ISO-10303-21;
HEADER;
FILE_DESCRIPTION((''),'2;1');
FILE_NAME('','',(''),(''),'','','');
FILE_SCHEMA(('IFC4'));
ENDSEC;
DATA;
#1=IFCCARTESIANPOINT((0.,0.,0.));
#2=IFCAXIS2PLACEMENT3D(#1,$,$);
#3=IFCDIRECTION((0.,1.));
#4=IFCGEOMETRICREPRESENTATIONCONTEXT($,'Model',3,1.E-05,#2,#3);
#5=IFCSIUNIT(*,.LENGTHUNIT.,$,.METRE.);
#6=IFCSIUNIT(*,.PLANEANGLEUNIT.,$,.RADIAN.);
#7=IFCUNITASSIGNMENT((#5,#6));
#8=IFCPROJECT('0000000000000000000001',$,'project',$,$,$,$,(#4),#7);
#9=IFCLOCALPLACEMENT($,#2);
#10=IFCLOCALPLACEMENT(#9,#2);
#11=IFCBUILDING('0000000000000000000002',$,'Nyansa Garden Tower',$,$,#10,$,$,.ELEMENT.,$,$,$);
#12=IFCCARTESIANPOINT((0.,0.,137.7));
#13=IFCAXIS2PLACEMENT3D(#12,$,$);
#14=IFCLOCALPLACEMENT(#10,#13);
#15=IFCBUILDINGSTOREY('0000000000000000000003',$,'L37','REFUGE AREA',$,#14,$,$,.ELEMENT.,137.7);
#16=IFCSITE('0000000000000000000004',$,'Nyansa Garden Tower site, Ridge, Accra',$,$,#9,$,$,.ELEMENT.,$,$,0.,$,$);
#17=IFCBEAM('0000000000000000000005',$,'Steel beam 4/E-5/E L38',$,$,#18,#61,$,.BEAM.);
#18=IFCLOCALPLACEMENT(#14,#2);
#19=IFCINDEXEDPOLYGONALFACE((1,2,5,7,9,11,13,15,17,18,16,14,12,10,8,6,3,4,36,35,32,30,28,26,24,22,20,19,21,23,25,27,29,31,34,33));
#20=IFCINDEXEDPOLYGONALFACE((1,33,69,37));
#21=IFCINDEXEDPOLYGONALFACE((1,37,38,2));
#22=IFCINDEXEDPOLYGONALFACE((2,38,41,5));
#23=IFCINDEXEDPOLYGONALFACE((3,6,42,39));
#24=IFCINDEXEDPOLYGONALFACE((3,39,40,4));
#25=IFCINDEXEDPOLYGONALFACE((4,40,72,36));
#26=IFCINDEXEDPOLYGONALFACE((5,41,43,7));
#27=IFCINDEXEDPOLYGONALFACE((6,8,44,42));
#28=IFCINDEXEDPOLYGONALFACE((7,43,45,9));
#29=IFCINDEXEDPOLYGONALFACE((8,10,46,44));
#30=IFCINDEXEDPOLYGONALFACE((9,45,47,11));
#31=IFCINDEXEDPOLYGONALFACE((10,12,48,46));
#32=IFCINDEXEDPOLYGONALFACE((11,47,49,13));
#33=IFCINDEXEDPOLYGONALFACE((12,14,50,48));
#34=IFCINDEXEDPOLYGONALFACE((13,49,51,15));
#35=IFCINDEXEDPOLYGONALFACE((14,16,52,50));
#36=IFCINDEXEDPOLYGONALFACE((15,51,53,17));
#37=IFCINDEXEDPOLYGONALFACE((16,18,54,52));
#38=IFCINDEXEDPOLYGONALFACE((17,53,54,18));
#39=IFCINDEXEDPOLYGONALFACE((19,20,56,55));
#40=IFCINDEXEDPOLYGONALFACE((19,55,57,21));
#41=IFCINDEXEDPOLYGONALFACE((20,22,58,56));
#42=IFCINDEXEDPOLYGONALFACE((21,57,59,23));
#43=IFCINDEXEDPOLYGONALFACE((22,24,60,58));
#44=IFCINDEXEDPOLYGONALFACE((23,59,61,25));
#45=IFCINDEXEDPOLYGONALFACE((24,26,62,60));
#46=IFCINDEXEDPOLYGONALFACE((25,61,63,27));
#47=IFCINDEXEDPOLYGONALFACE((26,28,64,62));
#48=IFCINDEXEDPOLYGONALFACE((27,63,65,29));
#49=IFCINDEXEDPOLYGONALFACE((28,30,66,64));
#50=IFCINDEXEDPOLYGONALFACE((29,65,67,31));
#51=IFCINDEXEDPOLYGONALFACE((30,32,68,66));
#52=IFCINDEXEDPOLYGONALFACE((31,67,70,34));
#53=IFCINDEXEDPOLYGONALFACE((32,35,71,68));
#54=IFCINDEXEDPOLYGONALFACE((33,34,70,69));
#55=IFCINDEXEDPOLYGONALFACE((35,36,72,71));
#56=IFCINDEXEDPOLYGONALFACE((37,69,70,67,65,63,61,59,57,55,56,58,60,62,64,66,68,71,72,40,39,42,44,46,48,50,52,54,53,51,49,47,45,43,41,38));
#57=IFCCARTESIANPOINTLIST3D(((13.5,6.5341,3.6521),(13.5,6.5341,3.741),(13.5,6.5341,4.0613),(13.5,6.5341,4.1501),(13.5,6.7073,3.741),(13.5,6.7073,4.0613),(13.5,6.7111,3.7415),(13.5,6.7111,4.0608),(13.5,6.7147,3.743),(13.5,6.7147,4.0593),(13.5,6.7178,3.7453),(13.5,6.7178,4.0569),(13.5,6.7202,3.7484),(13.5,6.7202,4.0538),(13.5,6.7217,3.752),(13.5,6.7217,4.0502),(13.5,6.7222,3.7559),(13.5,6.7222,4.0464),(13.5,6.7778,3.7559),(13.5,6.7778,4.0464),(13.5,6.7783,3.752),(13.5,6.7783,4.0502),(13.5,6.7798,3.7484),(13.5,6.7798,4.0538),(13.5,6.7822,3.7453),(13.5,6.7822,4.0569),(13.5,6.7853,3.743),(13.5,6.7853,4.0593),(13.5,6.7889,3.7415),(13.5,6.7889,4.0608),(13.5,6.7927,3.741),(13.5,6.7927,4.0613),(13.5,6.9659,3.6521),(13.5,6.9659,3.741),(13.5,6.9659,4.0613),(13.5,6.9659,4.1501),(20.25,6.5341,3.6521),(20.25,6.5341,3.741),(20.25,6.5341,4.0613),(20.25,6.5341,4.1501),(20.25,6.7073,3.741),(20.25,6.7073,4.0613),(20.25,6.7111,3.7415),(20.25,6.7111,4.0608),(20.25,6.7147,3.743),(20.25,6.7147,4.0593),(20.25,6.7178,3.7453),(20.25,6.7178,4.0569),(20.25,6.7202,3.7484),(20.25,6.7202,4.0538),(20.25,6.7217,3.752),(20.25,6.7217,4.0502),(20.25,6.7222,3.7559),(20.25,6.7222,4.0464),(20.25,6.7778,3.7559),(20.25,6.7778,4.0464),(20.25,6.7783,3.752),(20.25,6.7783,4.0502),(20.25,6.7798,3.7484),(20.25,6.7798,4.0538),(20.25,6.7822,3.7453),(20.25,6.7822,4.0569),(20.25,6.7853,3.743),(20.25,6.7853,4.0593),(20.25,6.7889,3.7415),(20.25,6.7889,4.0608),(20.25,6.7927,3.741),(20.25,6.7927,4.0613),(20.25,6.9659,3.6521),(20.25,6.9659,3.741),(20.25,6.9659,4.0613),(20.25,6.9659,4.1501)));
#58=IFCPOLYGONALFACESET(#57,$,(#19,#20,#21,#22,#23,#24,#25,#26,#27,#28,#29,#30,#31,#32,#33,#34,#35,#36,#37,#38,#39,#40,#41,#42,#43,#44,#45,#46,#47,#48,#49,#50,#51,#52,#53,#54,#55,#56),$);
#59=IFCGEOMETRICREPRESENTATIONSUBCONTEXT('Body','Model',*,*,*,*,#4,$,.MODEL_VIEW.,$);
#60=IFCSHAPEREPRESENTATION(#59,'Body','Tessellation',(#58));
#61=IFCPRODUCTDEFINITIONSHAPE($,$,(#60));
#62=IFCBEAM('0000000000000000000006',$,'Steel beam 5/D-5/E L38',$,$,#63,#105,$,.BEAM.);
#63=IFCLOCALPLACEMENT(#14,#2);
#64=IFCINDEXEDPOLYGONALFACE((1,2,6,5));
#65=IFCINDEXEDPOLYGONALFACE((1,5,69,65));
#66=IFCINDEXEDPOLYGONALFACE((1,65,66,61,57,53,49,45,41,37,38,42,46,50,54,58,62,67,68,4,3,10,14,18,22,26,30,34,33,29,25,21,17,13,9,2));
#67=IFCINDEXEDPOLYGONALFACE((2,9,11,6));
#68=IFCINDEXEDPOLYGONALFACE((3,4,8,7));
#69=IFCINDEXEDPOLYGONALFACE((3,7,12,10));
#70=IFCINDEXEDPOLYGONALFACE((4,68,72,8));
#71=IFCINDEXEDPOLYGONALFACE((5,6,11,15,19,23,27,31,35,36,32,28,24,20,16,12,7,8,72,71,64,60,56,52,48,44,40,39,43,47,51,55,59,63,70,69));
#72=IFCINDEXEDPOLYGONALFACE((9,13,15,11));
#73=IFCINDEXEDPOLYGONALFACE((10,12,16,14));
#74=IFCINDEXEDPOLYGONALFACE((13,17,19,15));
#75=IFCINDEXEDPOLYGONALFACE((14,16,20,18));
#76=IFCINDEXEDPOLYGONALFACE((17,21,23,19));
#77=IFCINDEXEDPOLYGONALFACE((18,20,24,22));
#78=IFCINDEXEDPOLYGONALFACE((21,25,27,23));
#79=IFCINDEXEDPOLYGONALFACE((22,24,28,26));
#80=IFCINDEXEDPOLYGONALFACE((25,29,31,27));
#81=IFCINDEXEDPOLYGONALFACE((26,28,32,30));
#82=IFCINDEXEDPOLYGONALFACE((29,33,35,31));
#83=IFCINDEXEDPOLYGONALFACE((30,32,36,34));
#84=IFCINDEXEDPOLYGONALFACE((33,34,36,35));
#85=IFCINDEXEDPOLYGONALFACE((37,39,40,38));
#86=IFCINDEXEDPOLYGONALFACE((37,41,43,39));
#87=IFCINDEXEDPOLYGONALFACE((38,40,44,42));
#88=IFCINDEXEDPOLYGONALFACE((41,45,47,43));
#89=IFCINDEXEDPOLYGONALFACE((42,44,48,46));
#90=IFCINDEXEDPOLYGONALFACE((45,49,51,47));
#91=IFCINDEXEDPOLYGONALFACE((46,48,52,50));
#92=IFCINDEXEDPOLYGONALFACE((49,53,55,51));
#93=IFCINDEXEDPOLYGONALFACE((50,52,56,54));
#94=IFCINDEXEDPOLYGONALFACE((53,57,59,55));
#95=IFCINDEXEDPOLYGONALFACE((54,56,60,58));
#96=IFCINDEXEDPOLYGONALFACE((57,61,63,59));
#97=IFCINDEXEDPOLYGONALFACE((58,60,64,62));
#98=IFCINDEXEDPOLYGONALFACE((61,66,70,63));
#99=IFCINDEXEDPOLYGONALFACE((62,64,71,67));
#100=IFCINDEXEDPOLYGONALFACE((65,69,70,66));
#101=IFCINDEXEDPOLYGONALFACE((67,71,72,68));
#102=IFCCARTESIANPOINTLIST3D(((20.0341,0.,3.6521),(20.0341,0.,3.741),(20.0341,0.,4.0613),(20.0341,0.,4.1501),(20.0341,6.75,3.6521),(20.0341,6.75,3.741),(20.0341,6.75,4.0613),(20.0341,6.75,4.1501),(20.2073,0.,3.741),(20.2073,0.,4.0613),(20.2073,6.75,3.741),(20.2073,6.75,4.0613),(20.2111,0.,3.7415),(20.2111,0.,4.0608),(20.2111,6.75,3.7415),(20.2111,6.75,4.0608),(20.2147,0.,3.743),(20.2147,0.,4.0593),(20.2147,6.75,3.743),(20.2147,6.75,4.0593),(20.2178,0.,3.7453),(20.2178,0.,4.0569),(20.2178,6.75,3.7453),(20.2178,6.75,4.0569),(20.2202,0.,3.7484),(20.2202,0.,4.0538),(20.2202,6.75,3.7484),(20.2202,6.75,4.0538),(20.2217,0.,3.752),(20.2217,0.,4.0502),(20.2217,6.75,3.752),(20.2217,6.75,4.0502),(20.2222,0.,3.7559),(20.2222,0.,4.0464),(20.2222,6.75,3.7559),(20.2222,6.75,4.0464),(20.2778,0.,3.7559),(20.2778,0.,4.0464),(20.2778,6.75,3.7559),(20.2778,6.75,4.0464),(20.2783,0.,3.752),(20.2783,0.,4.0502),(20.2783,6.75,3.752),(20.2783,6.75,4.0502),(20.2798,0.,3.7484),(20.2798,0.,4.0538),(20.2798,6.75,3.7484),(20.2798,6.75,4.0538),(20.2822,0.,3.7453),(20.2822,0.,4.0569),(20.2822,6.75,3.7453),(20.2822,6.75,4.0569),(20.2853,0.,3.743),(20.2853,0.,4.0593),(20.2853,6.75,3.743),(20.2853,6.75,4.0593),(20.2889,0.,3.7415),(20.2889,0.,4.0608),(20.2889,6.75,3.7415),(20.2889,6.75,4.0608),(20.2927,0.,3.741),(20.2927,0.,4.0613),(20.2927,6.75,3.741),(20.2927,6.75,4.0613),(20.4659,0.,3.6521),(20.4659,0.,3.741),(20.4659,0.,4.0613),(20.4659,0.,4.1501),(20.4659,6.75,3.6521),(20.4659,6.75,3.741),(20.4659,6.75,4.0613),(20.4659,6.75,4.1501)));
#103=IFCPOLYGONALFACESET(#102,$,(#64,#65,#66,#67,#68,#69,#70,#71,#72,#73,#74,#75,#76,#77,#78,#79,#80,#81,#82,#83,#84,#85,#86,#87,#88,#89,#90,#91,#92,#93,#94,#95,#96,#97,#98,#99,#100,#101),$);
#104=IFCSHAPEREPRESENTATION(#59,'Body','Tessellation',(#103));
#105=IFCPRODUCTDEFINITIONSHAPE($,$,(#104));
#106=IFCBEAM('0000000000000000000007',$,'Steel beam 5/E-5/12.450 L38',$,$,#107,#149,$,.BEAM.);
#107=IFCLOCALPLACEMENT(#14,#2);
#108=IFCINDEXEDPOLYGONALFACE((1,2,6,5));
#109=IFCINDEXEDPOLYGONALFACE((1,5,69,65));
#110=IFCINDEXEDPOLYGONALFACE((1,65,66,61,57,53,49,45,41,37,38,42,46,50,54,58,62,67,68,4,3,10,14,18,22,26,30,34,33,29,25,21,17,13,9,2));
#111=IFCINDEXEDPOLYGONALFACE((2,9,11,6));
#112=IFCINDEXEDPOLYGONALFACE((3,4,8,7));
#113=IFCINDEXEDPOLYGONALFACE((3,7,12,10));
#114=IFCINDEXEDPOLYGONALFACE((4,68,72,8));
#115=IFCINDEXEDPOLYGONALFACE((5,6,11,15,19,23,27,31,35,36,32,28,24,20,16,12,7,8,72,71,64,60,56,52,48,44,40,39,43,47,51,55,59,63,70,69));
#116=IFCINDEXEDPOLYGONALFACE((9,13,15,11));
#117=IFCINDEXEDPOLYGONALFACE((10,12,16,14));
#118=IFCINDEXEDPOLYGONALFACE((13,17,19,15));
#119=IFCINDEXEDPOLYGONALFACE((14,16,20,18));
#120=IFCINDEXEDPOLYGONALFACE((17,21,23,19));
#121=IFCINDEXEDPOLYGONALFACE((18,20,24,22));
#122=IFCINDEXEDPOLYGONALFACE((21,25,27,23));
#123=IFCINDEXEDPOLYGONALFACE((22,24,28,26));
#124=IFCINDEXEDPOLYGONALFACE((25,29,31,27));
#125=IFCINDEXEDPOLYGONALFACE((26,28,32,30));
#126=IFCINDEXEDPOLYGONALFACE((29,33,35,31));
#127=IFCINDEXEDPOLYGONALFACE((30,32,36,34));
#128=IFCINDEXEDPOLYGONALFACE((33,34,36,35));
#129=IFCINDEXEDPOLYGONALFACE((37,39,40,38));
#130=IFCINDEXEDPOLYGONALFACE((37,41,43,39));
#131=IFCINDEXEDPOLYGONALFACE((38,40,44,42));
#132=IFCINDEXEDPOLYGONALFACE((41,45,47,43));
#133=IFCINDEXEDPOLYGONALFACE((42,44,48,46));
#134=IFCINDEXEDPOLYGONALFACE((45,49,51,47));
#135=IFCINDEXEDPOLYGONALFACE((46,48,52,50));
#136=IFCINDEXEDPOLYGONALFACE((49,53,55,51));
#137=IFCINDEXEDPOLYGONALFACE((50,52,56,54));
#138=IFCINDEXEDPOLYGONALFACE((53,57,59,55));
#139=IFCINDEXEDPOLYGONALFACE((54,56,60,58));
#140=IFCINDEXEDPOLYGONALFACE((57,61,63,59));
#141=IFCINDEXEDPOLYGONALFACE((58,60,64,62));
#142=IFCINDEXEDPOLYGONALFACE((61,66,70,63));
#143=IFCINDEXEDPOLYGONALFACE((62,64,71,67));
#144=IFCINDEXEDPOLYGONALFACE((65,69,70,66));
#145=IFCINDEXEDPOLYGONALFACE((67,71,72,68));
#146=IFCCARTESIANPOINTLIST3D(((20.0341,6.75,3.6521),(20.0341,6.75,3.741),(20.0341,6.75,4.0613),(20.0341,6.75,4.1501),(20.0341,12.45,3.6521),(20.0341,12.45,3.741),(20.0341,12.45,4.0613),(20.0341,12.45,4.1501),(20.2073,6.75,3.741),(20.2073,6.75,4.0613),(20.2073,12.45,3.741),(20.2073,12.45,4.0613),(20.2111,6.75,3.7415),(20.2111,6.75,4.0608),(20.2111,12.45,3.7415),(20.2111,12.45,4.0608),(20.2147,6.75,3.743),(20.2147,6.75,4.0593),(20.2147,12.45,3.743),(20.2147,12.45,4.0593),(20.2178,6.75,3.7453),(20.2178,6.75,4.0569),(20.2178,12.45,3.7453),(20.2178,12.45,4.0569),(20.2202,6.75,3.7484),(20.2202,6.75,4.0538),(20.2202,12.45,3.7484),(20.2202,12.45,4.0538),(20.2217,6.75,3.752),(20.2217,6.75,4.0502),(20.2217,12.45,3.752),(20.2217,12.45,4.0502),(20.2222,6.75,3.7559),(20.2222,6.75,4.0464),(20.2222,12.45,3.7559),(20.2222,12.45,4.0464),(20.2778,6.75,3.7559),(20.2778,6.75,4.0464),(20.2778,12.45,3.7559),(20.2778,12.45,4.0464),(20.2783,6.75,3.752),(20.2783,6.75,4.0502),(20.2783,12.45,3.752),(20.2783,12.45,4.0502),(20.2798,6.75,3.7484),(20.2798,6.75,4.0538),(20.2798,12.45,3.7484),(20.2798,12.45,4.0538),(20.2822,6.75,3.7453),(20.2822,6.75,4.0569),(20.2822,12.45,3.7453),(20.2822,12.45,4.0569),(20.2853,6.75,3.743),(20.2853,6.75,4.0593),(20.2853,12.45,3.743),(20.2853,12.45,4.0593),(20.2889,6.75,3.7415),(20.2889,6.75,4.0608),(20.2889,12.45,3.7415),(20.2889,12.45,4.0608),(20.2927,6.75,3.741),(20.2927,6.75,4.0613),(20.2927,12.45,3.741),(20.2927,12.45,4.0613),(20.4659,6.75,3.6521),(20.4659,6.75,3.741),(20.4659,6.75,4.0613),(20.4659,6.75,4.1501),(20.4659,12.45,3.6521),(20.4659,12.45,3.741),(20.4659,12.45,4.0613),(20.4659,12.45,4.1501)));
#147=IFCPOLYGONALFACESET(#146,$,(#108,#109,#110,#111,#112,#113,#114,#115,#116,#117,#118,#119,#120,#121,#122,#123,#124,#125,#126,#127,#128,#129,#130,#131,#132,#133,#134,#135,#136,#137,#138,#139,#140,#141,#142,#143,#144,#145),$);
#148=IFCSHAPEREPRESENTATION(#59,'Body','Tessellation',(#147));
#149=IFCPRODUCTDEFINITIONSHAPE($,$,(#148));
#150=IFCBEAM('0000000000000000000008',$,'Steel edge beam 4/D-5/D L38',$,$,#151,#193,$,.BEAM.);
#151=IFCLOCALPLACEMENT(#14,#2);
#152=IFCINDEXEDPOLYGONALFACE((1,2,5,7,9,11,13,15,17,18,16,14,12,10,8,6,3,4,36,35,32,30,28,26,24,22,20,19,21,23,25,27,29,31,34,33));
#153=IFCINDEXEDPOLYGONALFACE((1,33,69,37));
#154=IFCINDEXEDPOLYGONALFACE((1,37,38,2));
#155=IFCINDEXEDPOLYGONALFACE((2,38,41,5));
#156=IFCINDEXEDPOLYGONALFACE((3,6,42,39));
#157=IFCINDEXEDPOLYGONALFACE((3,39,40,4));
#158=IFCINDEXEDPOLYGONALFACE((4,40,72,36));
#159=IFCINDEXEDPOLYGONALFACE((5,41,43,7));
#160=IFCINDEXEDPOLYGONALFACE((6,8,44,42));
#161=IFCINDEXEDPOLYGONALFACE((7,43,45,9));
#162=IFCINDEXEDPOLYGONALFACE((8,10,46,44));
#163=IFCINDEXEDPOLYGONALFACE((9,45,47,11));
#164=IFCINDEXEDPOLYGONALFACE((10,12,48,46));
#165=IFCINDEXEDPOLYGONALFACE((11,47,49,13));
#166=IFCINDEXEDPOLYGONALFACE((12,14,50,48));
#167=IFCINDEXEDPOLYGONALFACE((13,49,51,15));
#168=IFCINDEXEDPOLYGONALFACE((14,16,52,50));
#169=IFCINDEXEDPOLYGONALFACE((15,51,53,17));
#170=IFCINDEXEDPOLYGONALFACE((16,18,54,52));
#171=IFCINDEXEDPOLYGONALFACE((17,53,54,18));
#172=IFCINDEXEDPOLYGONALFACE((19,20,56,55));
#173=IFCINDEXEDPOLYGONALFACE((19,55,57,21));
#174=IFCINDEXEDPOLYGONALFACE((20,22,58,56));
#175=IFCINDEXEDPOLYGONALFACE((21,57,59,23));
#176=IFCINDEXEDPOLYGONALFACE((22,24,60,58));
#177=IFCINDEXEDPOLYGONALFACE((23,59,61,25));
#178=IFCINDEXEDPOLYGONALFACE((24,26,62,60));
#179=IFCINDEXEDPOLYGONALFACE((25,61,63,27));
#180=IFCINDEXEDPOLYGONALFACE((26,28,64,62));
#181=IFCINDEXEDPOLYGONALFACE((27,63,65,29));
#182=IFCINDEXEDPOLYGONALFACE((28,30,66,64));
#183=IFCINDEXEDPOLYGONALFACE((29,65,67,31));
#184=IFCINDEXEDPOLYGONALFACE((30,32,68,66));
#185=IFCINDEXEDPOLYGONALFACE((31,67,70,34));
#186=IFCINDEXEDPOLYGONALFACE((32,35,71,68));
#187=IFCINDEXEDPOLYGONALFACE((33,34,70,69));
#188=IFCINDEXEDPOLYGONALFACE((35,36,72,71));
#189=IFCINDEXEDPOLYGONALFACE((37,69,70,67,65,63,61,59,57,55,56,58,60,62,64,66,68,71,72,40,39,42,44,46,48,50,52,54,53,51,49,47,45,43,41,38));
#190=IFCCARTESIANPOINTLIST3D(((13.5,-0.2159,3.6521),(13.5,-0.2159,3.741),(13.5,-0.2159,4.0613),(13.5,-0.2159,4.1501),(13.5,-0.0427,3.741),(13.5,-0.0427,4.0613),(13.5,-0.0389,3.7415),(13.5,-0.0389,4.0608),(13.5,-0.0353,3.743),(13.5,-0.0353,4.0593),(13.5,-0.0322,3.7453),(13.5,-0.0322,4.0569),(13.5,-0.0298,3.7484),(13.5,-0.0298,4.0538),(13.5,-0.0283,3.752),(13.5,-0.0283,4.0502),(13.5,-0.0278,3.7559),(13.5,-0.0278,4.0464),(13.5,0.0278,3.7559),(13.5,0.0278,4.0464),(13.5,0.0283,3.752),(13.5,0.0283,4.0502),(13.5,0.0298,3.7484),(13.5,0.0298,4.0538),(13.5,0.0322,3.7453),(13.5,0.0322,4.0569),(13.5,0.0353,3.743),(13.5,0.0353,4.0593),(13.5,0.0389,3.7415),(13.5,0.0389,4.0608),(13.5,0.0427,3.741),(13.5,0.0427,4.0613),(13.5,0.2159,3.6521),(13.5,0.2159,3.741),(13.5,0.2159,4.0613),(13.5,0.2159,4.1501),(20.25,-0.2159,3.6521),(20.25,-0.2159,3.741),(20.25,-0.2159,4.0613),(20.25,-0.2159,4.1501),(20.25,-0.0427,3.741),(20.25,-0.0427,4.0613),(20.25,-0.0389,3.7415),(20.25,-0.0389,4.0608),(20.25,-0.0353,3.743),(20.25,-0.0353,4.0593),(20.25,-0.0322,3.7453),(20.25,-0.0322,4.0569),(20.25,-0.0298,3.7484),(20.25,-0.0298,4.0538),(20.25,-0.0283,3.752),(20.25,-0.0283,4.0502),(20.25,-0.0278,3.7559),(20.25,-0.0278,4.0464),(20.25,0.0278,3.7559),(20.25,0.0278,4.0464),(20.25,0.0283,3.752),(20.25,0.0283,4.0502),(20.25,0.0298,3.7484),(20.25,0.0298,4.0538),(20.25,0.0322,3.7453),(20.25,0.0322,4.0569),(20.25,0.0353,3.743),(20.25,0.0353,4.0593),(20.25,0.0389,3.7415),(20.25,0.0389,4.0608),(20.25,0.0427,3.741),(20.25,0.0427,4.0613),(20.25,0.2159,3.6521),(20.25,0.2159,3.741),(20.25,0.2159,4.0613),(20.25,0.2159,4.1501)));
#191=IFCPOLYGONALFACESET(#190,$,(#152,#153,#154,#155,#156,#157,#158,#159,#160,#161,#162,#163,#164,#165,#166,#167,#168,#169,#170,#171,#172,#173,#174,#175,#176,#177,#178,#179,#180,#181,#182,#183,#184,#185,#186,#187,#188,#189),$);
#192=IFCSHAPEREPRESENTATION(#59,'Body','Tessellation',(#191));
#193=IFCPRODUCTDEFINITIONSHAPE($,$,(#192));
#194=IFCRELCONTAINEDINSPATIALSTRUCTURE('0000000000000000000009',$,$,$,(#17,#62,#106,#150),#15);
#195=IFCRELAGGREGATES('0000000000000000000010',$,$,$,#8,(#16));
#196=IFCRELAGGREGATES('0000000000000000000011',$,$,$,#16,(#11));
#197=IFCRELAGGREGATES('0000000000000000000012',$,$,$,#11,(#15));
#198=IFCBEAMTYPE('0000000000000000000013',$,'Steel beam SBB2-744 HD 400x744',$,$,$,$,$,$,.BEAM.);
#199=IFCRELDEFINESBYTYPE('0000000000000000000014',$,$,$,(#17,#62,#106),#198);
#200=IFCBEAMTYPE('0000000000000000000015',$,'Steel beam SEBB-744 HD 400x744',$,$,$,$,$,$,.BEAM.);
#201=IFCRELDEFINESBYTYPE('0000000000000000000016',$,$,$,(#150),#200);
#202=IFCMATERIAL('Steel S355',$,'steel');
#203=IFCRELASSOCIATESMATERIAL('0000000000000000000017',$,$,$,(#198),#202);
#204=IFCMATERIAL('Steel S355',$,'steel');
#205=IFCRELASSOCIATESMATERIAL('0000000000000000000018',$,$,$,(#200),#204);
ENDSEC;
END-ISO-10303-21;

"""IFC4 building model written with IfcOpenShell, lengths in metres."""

from ifc_helpers import new_model, si_unit, direction, frame, origin, origin_2d, place, context, subcontext, project, spatial, i_section, extrude, material, material_profile, profile_set, type_object, element, save


model = new_model("IFC4")

# Units and contexts
model_context = context("Model", 3, precision=1e-05, world=origin(), true_north=direction((0.0, 1.0)))
body_context = subcontext(model_context, "Body", "Model", "MODEL_VIEW")
ifc_project = project(units=[si_unit("LENGTHUNIT", "METRE"), si_unit("PLANEANGLEUNIT", "RADIAN")], contexts=[model_context])

# Site, building, storey
site_placement = place(None, origin())
site = spatial("IfcSite", under=ifc_project, at=site_placement, Name="Nyansa Garden Tower site, Ridge, Accra", CompositionType="ELEMENT", RefElevation=0.0)
building_placement = place(site_placement, origin())
building = spatial("IfcBuilding", under=site, at=building_placement, Name="Nyansa Garden Tower", CompositionType="ELEMENT")
storey_placement = place(building_placement, frame((0.0, 0.0, 137.7)))
storey = spatial("IfcBuildingStorey", under=building, at=storey_placement, Name="L37", Description="REFUGE AREA", CompositionType="ELEMENT", Elevation=137.7)

# Beams
ifc_material_1 = material(Name="Steel S355", Category="steel")
ifc_material_profile_1 = material_profile(ifc_material_1, i_section(OverallWidth=0.4319, OverallDepth=0.498, WebThickness=0.0557, FlangeThickness=0.0889, FilletRadius=0.0149, at=origin_2d()), Name="HD 400x744")
ifc_profile_set_1 = profile_set([ifc_material_profile_1], Name="Steel S355")
beam_type_1 = type_object("IfcBeamType", Name="Steel beam SBB2-744 HD 400x744", PredefinedType="BEAM", material=ifc_profile_set_1)
for number, where, z_axis, x_axis, name in (
    (1, (13.5, 6.75, 3.9011), (1.0, 0.0, 0.0), (0.0, 1.0, 0.0), "Steel beam 4/E-5/E L38"),
    (2, (20.25, 0.0, 3.9011), (0.0, 1.0, 0.0), (-1.0, 0.0, 0.0), "Steel beam 5/D-5/E L38"),
):
    element("IfcBeam", number, at=place(storey_placement, frame(where, z_axis=z_axis, x_axis=x_axis)), inside=storey, type_object=beam_type_1, Name=name, PredefinedType="BEAM", context=body_context, shape_type="SweptSolid", body=[
        extrude(i_section(OverallWidth=0.4319, OverallDepth=0.498, WebThickness=0.0557, FlangeThickness=0.0889, FilletRadius=0.0149, at=origin_2d()), origin(), (0.0, 0.0, 1.0), 6.75),
    ])
beam_1_placement = place(storey_placement, frame((20.25, 6.75, 3.9011), z_axis=(0.0, 1.0, 0.0), x_axis=(-1.0, 0.0, 0.0)))
element("IfcBeam", 3, at=beam_1_placement, inside=storey, type_object=beam_type_1, Name="Steel beam 5/E-5/12.450 L38", PredefinedType="BEAM", context=body_context, shape_type="SweptSolid", body=[
    extrude(i_section(OverallWidth=0.4319, OverallDepth=0.498, WebThickness=0.0557, FlangeThickness=0.0889, FilletRadius=0.0149, at=origin_2d()), origin(), (0.0, 0.0, 1.0), 5.7),
])
ifc_material_2 = material(Name="Steel S355", Category="steel")
ifc_material_profile_2 = material_profile(ifc_material_2, i_section(OverallWidth=0.4319, OverallDepth=0.498, WebThickness=0.0557, FlangeThickness=0.0889, FilletRadius=0.0149, at=origin_2d()), Name="HD 400x744")
ifc_profile_set_2 = profile_set([ifc_material_profile_2], Name="Steel S355")
beam_type_2 = type_object("IfcBeamType", Name="Steel beam SEBB-744 HD 400x744", PredefinedType="BEAM", material=ifc_profile_set_2)
for number, where, z_axis, x_axis, name in (
    (4, (13.5, 0.0, 3.9011), (1.0, 0.0, 0.0), (0.0, 1.0, 0.0), "Steel edge beam 4/D-5/D L38"),
):
    element("IfcBeam", number, at=place(storey_placement, frame(where, z_axis=z_axis, x_axis=x_axis)), inside=storey, type_object=beam_type_2, Name=name, PredefinedType="BEAM", context=body_context, shape_type="SweptSolid", body=[
        extrude(i_section(OverallWidth=0.4319, OverallDepth=0.498, WebThickness=0.0557, FlangeThickness=0.0889, FilletRadius=0.0149, at=origin_2d()), origin(), (0.0, 0.0, 1.0), 6.75),
    ])

save(model, "model.ifc")
